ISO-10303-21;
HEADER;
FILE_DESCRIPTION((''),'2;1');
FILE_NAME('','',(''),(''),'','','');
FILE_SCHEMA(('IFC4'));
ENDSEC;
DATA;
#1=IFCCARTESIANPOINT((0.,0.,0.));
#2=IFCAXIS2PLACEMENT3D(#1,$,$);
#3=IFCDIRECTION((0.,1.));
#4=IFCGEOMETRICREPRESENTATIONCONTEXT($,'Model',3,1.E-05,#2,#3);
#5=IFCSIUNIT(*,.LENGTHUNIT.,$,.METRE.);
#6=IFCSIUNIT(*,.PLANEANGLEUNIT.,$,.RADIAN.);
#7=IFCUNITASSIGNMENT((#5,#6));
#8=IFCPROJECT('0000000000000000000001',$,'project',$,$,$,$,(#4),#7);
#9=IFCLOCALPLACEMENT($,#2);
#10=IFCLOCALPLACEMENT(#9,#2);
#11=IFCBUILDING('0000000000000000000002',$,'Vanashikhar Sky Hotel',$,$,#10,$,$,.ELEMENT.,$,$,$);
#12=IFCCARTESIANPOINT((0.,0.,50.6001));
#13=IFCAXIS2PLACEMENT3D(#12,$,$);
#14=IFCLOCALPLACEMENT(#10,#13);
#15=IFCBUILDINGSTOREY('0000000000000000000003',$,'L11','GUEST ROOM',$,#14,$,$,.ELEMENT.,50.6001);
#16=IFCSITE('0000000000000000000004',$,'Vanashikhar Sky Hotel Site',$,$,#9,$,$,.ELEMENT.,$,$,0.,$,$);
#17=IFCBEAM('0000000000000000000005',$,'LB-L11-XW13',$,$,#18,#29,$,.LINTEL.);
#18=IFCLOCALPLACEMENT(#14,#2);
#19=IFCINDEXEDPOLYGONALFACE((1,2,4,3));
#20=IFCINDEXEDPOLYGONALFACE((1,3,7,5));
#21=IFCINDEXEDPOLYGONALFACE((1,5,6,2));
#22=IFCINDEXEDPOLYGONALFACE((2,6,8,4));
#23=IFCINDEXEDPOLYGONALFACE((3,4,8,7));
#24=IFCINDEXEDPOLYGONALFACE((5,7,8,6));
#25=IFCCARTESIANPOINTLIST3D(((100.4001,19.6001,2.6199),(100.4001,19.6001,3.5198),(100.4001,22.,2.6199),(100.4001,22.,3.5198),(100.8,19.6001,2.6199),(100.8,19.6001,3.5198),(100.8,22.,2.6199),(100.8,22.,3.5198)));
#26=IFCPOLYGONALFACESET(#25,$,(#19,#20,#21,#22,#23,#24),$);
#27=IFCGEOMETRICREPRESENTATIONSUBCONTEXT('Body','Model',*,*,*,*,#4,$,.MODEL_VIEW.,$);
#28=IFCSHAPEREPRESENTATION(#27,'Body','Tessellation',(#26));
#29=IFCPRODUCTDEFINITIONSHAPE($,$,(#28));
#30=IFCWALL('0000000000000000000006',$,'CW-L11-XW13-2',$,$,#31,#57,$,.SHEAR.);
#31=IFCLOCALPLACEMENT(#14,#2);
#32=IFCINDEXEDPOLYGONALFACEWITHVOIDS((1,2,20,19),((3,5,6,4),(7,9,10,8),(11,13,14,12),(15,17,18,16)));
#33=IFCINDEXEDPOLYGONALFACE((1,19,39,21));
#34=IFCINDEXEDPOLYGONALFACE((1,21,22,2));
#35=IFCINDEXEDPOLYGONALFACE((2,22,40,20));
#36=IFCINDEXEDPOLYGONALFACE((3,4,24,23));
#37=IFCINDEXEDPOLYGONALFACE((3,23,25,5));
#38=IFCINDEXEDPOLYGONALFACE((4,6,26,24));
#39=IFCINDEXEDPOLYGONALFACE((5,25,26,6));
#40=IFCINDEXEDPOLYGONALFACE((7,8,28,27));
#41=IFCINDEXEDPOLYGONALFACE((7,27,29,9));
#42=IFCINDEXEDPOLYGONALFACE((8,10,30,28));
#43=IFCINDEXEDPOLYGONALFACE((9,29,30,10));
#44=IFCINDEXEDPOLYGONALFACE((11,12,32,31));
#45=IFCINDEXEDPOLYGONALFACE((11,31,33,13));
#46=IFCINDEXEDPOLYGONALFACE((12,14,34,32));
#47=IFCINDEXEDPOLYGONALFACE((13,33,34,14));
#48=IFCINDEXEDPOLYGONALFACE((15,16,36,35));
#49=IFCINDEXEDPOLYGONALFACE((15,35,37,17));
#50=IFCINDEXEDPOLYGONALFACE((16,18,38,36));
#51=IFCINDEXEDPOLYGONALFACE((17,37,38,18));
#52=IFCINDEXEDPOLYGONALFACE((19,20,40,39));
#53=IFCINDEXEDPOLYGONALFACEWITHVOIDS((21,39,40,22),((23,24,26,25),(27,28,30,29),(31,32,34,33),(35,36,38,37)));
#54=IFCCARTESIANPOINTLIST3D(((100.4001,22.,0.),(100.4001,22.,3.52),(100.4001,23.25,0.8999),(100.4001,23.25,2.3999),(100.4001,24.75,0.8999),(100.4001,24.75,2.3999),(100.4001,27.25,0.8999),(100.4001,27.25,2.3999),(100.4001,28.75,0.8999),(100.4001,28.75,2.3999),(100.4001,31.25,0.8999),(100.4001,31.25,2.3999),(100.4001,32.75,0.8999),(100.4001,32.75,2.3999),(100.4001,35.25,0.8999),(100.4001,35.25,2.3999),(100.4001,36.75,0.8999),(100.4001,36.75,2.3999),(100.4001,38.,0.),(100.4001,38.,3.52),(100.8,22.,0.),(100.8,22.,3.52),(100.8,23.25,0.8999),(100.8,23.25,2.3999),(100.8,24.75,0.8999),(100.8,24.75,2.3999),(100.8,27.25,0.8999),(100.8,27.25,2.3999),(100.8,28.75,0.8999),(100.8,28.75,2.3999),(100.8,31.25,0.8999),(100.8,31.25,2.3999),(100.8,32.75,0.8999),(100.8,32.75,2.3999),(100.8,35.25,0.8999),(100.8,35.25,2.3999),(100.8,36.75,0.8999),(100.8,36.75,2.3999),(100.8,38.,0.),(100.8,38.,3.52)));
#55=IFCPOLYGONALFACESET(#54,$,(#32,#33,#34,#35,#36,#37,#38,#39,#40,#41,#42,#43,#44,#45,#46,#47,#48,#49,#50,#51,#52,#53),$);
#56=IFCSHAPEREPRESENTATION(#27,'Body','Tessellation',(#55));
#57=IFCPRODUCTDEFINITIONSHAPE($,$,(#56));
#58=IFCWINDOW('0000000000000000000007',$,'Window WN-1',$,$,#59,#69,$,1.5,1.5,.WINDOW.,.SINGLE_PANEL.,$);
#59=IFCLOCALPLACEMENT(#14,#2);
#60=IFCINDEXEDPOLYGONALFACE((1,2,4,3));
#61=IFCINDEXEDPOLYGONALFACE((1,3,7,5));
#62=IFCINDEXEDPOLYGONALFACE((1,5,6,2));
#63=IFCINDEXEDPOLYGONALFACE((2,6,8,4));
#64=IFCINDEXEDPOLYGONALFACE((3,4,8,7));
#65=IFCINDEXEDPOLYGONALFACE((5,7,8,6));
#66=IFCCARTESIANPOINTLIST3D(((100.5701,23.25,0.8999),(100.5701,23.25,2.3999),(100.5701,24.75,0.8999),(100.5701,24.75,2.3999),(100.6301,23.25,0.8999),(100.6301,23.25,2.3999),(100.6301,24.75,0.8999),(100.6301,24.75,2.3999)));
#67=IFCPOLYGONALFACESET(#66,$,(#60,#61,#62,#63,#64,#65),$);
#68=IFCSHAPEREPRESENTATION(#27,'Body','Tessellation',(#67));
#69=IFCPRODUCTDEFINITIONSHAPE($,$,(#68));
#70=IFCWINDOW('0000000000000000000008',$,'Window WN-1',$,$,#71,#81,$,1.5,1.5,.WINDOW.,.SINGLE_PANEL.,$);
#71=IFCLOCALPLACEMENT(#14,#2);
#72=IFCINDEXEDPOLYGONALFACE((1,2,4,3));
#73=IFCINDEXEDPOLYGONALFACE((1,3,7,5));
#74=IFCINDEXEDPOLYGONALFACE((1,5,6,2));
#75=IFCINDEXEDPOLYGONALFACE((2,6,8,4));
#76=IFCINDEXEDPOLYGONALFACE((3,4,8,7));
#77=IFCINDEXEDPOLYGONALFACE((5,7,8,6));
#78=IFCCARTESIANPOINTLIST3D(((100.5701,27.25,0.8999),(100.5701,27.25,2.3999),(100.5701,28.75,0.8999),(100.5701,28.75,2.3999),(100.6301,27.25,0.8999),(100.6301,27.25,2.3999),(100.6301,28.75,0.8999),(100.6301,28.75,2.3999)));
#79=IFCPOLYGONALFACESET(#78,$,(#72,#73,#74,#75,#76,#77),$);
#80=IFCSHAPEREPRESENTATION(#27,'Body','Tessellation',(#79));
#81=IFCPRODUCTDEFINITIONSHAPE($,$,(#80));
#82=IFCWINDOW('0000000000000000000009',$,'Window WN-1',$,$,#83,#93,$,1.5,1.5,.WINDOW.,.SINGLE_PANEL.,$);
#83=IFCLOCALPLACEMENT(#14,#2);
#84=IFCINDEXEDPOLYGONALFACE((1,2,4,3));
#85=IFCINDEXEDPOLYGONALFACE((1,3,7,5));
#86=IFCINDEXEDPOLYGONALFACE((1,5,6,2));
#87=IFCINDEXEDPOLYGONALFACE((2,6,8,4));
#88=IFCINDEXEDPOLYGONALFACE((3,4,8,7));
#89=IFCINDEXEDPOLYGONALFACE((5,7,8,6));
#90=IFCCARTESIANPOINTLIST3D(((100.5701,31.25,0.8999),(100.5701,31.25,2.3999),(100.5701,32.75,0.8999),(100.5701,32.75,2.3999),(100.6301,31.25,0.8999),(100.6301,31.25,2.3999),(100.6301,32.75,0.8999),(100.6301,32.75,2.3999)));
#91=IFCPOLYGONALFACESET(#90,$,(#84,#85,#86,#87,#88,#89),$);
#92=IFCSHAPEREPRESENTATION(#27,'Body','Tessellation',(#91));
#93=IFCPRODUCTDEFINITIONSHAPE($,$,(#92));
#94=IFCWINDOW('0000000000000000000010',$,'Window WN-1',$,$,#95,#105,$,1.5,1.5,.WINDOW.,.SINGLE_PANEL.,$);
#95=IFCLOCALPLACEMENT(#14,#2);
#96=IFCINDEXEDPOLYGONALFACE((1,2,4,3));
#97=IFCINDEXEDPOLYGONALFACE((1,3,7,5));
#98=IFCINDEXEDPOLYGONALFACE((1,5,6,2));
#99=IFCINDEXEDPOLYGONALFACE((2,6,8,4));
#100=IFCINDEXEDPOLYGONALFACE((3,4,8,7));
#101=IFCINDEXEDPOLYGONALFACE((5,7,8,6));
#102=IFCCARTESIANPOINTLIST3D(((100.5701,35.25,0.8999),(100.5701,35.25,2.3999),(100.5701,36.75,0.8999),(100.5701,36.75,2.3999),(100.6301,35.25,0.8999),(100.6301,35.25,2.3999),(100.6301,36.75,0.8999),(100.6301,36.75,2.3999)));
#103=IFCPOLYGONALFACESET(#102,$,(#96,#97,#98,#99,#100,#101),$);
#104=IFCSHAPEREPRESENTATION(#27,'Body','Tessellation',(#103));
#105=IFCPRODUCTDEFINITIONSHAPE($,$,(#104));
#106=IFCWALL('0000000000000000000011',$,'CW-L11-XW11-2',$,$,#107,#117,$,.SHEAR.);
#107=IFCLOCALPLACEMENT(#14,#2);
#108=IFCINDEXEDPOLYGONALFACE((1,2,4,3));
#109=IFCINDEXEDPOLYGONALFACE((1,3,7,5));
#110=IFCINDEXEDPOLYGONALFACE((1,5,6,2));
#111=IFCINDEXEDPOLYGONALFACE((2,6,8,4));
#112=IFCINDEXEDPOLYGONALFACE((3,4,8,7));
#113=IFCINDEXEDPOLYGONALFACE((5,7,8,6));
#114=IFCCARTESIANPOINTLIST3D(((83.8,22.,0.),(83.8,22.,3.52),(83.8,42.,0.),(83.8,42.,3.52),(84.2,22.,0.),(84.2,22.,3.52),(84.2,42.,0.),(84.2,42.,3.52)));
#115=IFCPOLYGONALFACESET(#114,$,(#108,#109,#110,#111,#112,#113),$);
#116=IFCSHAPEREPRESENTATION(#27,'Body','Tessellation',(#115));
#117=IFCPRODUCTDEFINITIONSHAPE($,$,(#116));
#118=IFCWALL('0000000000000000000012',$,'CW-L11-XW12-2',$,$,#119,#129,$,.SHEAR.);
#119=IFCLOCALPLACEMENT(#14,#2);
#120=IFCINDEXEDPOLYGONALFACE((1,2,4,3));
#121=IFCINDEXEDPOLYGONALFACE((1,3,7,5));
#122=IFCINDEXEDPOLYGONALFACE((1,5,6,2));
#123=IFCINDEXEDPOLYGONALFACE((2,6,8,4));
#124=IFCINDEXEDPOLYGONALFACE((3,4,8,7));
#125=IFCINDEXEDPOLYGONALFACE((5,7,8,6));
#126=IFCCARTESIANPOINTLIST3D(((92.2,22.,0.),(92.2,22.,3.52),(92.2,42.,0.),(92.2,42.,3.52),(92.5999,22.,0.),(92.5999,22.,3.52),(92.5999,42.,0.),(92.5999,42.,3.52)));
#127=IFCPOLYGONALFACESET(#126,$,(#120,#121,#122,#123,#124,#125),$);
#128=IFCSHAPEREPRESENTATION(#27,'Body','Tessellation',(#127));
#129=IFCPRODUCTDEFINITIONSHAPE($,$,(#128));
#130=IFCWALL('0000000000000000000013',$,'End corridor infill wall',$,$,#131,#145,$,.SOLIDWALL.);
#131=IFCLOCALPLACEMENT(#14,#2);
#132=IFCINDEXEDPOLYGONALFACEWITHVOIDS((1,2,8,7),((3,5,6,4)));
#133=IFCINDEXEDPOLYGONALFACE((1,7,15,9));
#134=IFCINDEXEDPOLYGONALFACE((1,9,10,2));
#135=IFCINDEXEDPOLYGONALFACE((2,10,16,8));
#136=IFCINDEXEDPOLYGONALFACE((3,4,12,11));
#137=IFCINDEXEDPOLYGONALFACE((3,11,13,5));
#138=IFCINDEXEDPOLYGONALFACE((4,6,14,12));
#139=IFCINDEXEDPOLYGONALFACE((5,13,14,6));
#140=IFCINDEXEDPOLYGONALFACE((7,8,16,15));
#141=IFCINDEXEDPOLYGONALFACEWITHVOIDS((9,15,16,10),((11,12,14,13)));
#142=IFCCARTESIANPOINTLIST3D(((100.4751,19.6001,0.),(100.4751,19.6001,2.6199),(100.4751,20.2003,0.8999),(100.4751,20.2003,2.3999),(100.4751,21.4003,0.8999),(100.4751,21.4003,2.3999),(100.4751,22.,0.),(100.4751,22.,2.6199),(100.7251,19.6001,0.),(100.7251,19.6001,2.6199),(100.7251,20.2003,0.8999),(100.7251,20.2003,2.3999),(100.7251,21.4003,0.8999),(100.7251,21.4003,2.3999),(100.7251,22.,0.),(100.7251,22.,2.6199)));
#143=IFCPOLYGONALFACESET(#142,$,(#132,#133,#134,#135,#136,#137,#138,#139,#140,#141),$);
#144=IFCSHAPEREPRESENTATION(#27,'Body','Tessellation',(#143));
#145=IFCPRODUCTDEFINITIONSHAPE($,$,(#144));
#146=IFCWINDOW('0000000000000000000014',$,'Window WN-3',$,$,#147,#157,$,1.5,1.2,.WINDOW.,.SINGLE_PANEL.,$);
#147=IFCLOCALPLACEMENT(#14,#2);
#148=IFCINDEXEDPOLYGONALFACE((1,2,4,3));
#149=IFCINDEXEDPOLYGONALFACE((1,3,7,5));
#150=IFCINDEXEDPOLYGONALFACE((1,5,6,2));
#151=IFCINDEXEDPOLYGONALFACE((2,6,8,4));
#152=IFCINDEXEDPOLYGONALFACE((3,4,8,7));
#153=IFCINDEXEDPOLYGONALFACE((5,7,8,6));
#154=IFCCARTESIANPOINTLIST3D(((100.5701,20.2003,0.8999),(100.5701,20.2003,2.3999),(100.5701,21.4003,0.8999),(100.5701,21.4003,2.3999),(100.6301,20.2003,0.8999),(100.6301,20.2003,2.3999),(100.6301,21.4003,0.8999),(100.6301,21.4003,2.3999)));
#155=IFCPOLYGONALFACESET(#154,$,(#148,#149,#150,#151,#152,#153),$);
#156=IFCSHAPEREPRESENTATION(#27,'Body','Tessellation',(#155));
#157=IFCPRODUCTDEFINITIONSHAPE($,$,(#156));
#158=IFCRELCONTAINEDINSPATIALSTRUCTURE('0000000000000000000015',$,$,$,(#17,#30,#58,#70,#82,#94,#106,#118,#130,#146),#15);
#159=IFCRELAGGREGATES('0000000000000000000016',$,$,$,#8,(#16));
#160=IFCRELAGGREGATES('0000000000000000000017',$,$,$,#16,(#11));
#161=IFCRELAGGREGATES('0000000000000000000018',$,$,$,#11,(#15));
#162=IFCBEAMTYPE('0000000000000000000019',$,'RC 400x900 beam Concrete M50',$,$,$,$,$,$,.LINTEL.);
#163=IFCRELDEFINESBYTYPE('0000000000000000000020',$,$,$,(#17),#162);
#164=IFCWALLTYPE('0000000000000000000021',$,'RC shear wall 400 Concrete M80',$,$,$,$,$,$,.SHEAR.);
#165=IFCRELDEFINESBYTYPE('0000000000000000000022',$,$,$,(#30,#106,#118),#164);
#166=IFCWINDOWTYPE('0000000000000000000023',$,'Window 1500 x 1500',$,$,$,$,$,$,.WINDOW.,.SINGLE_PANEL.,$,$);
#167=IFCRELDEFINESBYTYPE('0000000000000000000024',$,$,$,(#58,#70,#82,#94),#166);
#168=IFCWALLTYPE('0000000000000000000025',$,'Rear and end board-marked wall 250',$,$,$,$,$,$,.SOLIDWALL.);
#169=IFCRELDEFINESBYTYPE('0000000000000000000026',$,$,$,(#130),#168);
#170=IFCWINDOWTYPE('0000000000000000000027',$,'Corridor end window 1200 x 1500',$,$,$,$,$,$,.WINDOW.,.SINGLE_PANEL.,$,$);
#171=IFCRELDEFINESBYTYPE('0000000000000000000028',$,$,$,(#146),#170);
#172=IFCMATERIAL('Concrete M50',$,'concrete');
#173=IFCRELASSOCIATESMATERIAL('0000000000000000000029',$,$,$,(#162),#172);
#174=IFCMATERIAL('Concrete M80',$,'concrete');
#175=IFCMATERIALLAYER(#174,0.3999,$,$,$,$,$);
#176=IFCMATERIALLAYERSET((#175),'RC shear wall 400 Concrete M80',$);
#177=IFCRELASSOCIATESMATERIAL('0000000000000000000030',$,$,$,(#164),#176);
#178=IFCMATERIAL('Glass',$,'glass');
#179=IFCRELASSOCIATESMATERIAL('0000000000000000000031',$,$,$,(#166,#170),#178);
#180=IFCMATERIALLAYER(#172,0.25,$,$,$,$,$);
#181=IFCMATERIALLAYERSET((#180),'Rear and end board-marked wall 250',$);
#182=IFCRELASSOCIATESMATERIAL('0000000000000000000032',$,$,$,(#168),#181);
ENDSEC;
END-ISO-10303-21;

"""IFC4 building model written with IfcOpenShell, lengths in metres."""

from ifc_helpers import new_model, si_unit, direction, frame, frame_2d, origin, origin_2d, place, context, subcontext, project, spatial, rectangle, extrude, source, transform, mapped, material, layer, layer_set, material_profile, profile_set, type_object, element, fill, save


model = new_model("IFC4")

# Units and contexts
model_context = context("Model", 3, precision=1e-05, world=origin(), true_north=direction((0.0, 1.0)))
body_context = subcontext(model_context, "Body", "Model", "MODEL_VIEW")
ifc_project = project(units=[si_unit("LENGTHUNIT", "METRE"), si_unit("PLANEANGLEUNIT", "RADIAN")], contexts=[model_context])

# Site, building, storey
site_placement = place(None, origin())
site = spatial("IfcSite", under=ifc_project, at=site_placement, Name="Vanashikhar Sky Hotel Site", CompositionType="ELEMENT", RefElevation=0.0)
building_placement = place(site_placement, origin())
building = spatial("IfcBuilding", under=site, at=building_placement, Name="Vanashikhar Sky Hotel", CompositionType="ELEMENT")
storey_placement = place(building_placement, frame((0.0, 0.0, 50.6001)))
storey = spatial("IfcBuildingStorey", under=building, at=storey_placement, Name="L11", Description="GUEST ROOM", CompositionType="ELEMENT", Elevation=50.6001)

# Beam
ifc_material_1 = material(Name="Concrete M50", Category="concrete")
ifc_material_profile = material_profile(ifc_material_1, rectangle(XDim=0.3999, YDim=0.8999, at=origin_2d()))
ifc_profile_set = profile_set([ifc_material_profile], Name="RC 400x900 beam Concrete M50")
beam_type = type_object("IfcBeamType", Name="RC 400x900 beam Concrete M50", PredefinedType="LINTEL", material=ifc_profile_set)
shared_shape_1 = source(origin(), body_context, "Body", "SweptSolid", [
    extrude(rectangle(XDim=0.3999, YDim=0.8999, at=origin_2d()), origin(), (0.0, 0.0, 1.0), 2.3999),
])
beam_placement = place(storey_placement, frame((100.6001, 19.6001, 3.0698), z_axis=(0.0, 1.0, 0.0), x_axis=(-1.0, 0.0, 0.0)))
element("IfcBeam", 1, at=beam_placement, inside=storey, type_object=beam_type, Name="LB-L11-XW13", PredefinedType="LINTEL", context=body_context, shape_type="MappedRepresentation", body=[
    mapped(shared_shape_1, transform((0.0, 0.0, 0.0), scale=1.0)),
])

# Wall, openings, windows
ifc_material_2 = material(Name="Concrete M80", Category="concrete")
ifc_layer_1 = layer(ifc_material_2, 0.3999)
ifc_layer_set_1 = layer_set([ifc_layer_1], Name="RC shear wall 400 Concrete M80")
wall_type_1 = type_object("IfcWallType", Name="RC shear wall 400 Concrete M80", PredefinedType="SHEAR", material=ifc_layer_set_1)
shared_shape_2 = source(origin(), body_context, "Body", "SweptSolid", [
    extrude(rectangle(XDim=16.0, YDim=0.3999, at=frame_2d((8.0, 0.0))), origin(), (0.0, 0.0, 1.0), 3.52),
])
wall_1_placement = place(storey_placement, frame((100.6001, 22.0, 0.0), z_axis=(0.0, 0.0, 1.0), x_axis=(0.0, 1.0, 0.0)))
wall_1 = element("IfcWall", 2, at=wall_1_placement, inside=storey, type_object=wall_type_1, Name="CW-L11-XW13-2", PredefinedType="SHEAR", context=body_context, shape_type="MappedRepresentation", body=[
    mapped(shared_shape_2, transform((0.0, 0.0, 0.0), scale=1.0)),
])
shared_shape_3 = source(origin(), body_context, "Body", "SweptSolid", [
    extrude(rectangle(XDim=1.5, YDim=1.5, at=frame_2d((0.75, 0.75))), frame((0.0, 0.21, 0.0), z_axis=(0.0, -1.0, 0.0), x_axis=(1.0, 0.0, 0.0)), (0.0, 0.0, 1.0), 0.4199),
])
opening_1_placement = place(wall_1_placement, frame((1.25, 0.0, 0.8999)))
opening_1 = element("IfcOpeningElement", 3, at=opening_1_placement, cuts=wall_1, PredefinedType="OPENING", context=body_context, shape_type="MappedRepresentation", body=[
    mapped(shared_shape_3, transform((0.0, 0.0, 0.0), scale=1.0)),
])
opening_2_placement = place(wall_1_placement, frame((5.25, 0.0, 0.8999)))
opening_2 = element("IfcOpeningElement", 4, at=opening_2_placement, cuts=wall_1, PredefinedType="OPENING", context=body_context, shape_type="MappedRepresentation", body=[
    mapped(shared_shape_3, transform((0.0, 0.0, 0.0), scale=1.0)),
])
opening_3_placement = place(wall_1_placement, frame((9.25, 0.0, 0.8999)))
opening_3 = element("IfcOpeningElement", 5, at=opening_3_placement, cuts=wall_1, PredefinedType="OPENING", context=body_context, shape_type="MappedRepresentation", body=[
    mapped(shared_shape_3, transform((0.0, 0.0, 0.0), scale=1.0)),
])
opening_4_placement = place(wall_1_placement, frame((13.25, 0.0, 0.8999)))
opening_4 = element("IfcOpeningElement", 6, at=opening_4_placement, cuts=wall_1, PredefinedType="OPENING", context=body_context, shape_type="MappedRepresentation", body=[
    mapped(shared_shape_3, transform((0.0, 0.0, 0.0), scale=1.0)),
])
ifc_material_3 = material(Name="Glass", Category="glass")
window_type_1 = type_object("IfcWindowType", Name="Window 1500 x 1500", PartitioningType="SINGLE_PANEL", PredefinedType="WINDOW", material=ifc_material_3)
shared_shape_4 = source(origin(), body_context, "Body", "SweptSolid", [
    extrude(rectangle(XDim=1.5, YDim=1.5, at=frame_2d((0.75, 0.75))), frame((0.0, 0.03, 0.0), z_axis=(0.0, -1.0, 0.0), x_axis=(1.0, 0.0, 0.0)), (0.0, 0.0, 1.0), 0.0601),
])
window_1_placement = place(opening_1_placement, origin())
window_1 = element("IfcWindow", 7, at=window_1_placement, inside=storey, type_object=window_type_1, Name="Window WN-1", OverallHeight=1.5, OverallWidth=1.5, PartitioningType="SINGLE_PANEL", PredefinedType="WINDOW", context=body_context, shape_type="MappedRepresentation", body=[
    mapped(shared_shape_4, transform((0.0, 0.0, 0.0), scale=1.0)),
])
fill(opening_1, window_1)
window_2_placement = place(opening_2_placement, origin())
window_2 = element("IfcWindow", 8, at=window_2_placement, inside=storey, type_object=window_type_1, Name="Window WN-1", OverallHeight=1.5, OverallWidth=1.5, PartitioningType="SINGLE_PANEL", PredefinedType="WINDOW", context=body_context, shape_type="MappedRepresentation", body=[
    mapped(shared_shape_4, transform((0.0, 0.0, 0.0), scale=1.0)),
])
fill(opening_2, window_2)
window_3_placement = place(opening_3_placement, origin())
window_3 = element("IfcWindow", 9, at=window_3_placement, inside=storey, type_object=window_type_1, Name="Window WN-1", OverallHeight=1.5, OverallWidth=1.5, PartitioningType="SINGLE_PANEL", PredefinedType="WINDOW", context=body_context, shape_type="MappedRepresentation", body=[
    mapped(shared_shape_4, transform((0.0, 0.0, 0.0), scale=1.0)),
])
fill(opening_3, window_3)
window_4_placement = place(opening_4_placement, origin())
window_4 = element("IfcWindow", 10, at=window_4_placement, inside=storey, type_object=window_type_1, Name="Window WN-1", OverallHeight=1.5, OverallWidth=1.5, PartitioningType="SINGLE_PANEL", PredefinedType="WINDOW", context=body_context, shape_type="MappedRepresentation", body=[
    mapped(shared_shape_4, transform((0.0, 0.0, 0.0), scale=1.0)),
])
fill(opening_4, window_4)

# Walls
shared_shape_5 = source(origin(), body_context, "Body", "SweptSolid", [
    extrude(rectangle(XDim=20.0, YDim=0.3999, at=frame_2d((10.0, 0.0))), origin(), (0.0, 0.0, 1.0), 3.52),
])
for number, where, z_axis, x_axis, name in (
    (11, (84.0, 22.0, 0.0), (0.0, 0.0, 1.0), (0.0, 1.0, 0.0), "CW-L11-XW11-2"),
    (12, (92.3999, 22.0, 0.0), (0.0, 0.0, 1.0), (0.0, 1.0, 0.0), "CW-L11-XW12-2"),
):
    element("IfcWall", number, at=place(storey_placement, frame(where, z_axis=z_axis, x_axis=x_axis)), inside=storey, type_object=wall_type_1, Name=name, PredefinedType="SHEAR", context=body_context, shape_type="MappedRepresentation", body=[
        mapped(shared_shape_5, transform((0.0, 0.0, 0.0), scale=1.0)),
    ])

# Wall, opening, window
ifc_layer_2 = layer(ifc_material_1, 0.25)
ifc_layer_set_2 = layer_set([ifc_layer_2], Name="Rear and end board-marked wall 250")
wall_type_2 = type_object("IfcWallType", Name="Rear and end board-marked wall 250", PredefinedType="SOLIDWALL", material=ifc_layer_set_2)
shared_shape_6 = source(origin(), body_context, "Body", "SweptSolid", [
    extrude(rectangle(XDim=2.3999, YDim=0.25, at=frame_2d((1.2, 0.0))), origin(), (0.0, 0.0, 1.0), 2.6199),
])
wall_2_placement = place(storey_placement, frame((100.6001, 19.6001, 0.0), z_axis=(0.0, 0.0, 1.0), x_axis=(0.0, 1.0, 0.0)))
wall_2 = element("IfcWall", 13, at=wall_2_placement, inside=storey, type_object=wall_type_2, Name="End corridor infill wall", PredefinedType="SOLIDWALL", context=body_context, shape_type="MappedRepresentation", body=[
    mapped(shared_shape_6, transform((0.0, 0.0, 0.0), scale=1.0)),
])
shared_shape_7 = source(origin(), body_context, "Body", "SweptSolid", [
    extrude(rectangle(XDim=1.2, YDim=1.5, at=frame_2d((0.6001, 0.75))), frame((0.0, 0.135, 0.0), z_axis=(0.0, -1.0, 0.0), x_axis=(1.0, 0.0, 0.0)), (0.0, 0.0, 1.0), 0.27),
])
opening_5_placement = place(wall_2_placement, frame((0.6001, 0.0, 0.8999)))
opening_5 = element("IfcOpeningElement", 14, at=opening_5_placement, cuts=wall_2, PredefinedType="OPENING", context=body_context, shape_type="MappedRepresentation", body=[
    mapped(shared_shape_7, transform((0.0, 0.0, 0.0), scale=1.0)),
])
window_type_2 = type_object("IfcWindowType", Name="Corridor end window 1200 x 1500", PartitioningType="SINGLE_PANEL", PredefinedType="WINDOW", material=ifc_material_3)
shared_shape_8 = source(origin(), body_context, "Body", "SweptSolid", [
    extrude(rectangle(XDim=1.2, YDim=1.5, at=frame_2d((0.6001, 0.75))), frame((0.0, 0.03, 0.0), z_axis=(0.0, -1.0, 0.0), x_axis=(1.0, 0.0, 0.0)), (0.0, 0.0, 1.0), 0.0601),
])
window_5_placement = place(opening_5_placement, origin())
window_5 = element("IfcWindow", 15, at=window_5_placement, inside=storey, type_object=window_type_2, Name="Window WN-3", OverallHeight=1.5, OverallWidth=1.2, PartitioningType="SINGLE_PANEL", PredefinedType="WINDOW", context=body_context, shape_type="MappedRepresentation", body=[
    mapped(shared_shape_8, transform((0.0, 0.0, 0.0), scale=1.0)),
])
fill(opening_5, window_5)

save(model, "model.ifc")
